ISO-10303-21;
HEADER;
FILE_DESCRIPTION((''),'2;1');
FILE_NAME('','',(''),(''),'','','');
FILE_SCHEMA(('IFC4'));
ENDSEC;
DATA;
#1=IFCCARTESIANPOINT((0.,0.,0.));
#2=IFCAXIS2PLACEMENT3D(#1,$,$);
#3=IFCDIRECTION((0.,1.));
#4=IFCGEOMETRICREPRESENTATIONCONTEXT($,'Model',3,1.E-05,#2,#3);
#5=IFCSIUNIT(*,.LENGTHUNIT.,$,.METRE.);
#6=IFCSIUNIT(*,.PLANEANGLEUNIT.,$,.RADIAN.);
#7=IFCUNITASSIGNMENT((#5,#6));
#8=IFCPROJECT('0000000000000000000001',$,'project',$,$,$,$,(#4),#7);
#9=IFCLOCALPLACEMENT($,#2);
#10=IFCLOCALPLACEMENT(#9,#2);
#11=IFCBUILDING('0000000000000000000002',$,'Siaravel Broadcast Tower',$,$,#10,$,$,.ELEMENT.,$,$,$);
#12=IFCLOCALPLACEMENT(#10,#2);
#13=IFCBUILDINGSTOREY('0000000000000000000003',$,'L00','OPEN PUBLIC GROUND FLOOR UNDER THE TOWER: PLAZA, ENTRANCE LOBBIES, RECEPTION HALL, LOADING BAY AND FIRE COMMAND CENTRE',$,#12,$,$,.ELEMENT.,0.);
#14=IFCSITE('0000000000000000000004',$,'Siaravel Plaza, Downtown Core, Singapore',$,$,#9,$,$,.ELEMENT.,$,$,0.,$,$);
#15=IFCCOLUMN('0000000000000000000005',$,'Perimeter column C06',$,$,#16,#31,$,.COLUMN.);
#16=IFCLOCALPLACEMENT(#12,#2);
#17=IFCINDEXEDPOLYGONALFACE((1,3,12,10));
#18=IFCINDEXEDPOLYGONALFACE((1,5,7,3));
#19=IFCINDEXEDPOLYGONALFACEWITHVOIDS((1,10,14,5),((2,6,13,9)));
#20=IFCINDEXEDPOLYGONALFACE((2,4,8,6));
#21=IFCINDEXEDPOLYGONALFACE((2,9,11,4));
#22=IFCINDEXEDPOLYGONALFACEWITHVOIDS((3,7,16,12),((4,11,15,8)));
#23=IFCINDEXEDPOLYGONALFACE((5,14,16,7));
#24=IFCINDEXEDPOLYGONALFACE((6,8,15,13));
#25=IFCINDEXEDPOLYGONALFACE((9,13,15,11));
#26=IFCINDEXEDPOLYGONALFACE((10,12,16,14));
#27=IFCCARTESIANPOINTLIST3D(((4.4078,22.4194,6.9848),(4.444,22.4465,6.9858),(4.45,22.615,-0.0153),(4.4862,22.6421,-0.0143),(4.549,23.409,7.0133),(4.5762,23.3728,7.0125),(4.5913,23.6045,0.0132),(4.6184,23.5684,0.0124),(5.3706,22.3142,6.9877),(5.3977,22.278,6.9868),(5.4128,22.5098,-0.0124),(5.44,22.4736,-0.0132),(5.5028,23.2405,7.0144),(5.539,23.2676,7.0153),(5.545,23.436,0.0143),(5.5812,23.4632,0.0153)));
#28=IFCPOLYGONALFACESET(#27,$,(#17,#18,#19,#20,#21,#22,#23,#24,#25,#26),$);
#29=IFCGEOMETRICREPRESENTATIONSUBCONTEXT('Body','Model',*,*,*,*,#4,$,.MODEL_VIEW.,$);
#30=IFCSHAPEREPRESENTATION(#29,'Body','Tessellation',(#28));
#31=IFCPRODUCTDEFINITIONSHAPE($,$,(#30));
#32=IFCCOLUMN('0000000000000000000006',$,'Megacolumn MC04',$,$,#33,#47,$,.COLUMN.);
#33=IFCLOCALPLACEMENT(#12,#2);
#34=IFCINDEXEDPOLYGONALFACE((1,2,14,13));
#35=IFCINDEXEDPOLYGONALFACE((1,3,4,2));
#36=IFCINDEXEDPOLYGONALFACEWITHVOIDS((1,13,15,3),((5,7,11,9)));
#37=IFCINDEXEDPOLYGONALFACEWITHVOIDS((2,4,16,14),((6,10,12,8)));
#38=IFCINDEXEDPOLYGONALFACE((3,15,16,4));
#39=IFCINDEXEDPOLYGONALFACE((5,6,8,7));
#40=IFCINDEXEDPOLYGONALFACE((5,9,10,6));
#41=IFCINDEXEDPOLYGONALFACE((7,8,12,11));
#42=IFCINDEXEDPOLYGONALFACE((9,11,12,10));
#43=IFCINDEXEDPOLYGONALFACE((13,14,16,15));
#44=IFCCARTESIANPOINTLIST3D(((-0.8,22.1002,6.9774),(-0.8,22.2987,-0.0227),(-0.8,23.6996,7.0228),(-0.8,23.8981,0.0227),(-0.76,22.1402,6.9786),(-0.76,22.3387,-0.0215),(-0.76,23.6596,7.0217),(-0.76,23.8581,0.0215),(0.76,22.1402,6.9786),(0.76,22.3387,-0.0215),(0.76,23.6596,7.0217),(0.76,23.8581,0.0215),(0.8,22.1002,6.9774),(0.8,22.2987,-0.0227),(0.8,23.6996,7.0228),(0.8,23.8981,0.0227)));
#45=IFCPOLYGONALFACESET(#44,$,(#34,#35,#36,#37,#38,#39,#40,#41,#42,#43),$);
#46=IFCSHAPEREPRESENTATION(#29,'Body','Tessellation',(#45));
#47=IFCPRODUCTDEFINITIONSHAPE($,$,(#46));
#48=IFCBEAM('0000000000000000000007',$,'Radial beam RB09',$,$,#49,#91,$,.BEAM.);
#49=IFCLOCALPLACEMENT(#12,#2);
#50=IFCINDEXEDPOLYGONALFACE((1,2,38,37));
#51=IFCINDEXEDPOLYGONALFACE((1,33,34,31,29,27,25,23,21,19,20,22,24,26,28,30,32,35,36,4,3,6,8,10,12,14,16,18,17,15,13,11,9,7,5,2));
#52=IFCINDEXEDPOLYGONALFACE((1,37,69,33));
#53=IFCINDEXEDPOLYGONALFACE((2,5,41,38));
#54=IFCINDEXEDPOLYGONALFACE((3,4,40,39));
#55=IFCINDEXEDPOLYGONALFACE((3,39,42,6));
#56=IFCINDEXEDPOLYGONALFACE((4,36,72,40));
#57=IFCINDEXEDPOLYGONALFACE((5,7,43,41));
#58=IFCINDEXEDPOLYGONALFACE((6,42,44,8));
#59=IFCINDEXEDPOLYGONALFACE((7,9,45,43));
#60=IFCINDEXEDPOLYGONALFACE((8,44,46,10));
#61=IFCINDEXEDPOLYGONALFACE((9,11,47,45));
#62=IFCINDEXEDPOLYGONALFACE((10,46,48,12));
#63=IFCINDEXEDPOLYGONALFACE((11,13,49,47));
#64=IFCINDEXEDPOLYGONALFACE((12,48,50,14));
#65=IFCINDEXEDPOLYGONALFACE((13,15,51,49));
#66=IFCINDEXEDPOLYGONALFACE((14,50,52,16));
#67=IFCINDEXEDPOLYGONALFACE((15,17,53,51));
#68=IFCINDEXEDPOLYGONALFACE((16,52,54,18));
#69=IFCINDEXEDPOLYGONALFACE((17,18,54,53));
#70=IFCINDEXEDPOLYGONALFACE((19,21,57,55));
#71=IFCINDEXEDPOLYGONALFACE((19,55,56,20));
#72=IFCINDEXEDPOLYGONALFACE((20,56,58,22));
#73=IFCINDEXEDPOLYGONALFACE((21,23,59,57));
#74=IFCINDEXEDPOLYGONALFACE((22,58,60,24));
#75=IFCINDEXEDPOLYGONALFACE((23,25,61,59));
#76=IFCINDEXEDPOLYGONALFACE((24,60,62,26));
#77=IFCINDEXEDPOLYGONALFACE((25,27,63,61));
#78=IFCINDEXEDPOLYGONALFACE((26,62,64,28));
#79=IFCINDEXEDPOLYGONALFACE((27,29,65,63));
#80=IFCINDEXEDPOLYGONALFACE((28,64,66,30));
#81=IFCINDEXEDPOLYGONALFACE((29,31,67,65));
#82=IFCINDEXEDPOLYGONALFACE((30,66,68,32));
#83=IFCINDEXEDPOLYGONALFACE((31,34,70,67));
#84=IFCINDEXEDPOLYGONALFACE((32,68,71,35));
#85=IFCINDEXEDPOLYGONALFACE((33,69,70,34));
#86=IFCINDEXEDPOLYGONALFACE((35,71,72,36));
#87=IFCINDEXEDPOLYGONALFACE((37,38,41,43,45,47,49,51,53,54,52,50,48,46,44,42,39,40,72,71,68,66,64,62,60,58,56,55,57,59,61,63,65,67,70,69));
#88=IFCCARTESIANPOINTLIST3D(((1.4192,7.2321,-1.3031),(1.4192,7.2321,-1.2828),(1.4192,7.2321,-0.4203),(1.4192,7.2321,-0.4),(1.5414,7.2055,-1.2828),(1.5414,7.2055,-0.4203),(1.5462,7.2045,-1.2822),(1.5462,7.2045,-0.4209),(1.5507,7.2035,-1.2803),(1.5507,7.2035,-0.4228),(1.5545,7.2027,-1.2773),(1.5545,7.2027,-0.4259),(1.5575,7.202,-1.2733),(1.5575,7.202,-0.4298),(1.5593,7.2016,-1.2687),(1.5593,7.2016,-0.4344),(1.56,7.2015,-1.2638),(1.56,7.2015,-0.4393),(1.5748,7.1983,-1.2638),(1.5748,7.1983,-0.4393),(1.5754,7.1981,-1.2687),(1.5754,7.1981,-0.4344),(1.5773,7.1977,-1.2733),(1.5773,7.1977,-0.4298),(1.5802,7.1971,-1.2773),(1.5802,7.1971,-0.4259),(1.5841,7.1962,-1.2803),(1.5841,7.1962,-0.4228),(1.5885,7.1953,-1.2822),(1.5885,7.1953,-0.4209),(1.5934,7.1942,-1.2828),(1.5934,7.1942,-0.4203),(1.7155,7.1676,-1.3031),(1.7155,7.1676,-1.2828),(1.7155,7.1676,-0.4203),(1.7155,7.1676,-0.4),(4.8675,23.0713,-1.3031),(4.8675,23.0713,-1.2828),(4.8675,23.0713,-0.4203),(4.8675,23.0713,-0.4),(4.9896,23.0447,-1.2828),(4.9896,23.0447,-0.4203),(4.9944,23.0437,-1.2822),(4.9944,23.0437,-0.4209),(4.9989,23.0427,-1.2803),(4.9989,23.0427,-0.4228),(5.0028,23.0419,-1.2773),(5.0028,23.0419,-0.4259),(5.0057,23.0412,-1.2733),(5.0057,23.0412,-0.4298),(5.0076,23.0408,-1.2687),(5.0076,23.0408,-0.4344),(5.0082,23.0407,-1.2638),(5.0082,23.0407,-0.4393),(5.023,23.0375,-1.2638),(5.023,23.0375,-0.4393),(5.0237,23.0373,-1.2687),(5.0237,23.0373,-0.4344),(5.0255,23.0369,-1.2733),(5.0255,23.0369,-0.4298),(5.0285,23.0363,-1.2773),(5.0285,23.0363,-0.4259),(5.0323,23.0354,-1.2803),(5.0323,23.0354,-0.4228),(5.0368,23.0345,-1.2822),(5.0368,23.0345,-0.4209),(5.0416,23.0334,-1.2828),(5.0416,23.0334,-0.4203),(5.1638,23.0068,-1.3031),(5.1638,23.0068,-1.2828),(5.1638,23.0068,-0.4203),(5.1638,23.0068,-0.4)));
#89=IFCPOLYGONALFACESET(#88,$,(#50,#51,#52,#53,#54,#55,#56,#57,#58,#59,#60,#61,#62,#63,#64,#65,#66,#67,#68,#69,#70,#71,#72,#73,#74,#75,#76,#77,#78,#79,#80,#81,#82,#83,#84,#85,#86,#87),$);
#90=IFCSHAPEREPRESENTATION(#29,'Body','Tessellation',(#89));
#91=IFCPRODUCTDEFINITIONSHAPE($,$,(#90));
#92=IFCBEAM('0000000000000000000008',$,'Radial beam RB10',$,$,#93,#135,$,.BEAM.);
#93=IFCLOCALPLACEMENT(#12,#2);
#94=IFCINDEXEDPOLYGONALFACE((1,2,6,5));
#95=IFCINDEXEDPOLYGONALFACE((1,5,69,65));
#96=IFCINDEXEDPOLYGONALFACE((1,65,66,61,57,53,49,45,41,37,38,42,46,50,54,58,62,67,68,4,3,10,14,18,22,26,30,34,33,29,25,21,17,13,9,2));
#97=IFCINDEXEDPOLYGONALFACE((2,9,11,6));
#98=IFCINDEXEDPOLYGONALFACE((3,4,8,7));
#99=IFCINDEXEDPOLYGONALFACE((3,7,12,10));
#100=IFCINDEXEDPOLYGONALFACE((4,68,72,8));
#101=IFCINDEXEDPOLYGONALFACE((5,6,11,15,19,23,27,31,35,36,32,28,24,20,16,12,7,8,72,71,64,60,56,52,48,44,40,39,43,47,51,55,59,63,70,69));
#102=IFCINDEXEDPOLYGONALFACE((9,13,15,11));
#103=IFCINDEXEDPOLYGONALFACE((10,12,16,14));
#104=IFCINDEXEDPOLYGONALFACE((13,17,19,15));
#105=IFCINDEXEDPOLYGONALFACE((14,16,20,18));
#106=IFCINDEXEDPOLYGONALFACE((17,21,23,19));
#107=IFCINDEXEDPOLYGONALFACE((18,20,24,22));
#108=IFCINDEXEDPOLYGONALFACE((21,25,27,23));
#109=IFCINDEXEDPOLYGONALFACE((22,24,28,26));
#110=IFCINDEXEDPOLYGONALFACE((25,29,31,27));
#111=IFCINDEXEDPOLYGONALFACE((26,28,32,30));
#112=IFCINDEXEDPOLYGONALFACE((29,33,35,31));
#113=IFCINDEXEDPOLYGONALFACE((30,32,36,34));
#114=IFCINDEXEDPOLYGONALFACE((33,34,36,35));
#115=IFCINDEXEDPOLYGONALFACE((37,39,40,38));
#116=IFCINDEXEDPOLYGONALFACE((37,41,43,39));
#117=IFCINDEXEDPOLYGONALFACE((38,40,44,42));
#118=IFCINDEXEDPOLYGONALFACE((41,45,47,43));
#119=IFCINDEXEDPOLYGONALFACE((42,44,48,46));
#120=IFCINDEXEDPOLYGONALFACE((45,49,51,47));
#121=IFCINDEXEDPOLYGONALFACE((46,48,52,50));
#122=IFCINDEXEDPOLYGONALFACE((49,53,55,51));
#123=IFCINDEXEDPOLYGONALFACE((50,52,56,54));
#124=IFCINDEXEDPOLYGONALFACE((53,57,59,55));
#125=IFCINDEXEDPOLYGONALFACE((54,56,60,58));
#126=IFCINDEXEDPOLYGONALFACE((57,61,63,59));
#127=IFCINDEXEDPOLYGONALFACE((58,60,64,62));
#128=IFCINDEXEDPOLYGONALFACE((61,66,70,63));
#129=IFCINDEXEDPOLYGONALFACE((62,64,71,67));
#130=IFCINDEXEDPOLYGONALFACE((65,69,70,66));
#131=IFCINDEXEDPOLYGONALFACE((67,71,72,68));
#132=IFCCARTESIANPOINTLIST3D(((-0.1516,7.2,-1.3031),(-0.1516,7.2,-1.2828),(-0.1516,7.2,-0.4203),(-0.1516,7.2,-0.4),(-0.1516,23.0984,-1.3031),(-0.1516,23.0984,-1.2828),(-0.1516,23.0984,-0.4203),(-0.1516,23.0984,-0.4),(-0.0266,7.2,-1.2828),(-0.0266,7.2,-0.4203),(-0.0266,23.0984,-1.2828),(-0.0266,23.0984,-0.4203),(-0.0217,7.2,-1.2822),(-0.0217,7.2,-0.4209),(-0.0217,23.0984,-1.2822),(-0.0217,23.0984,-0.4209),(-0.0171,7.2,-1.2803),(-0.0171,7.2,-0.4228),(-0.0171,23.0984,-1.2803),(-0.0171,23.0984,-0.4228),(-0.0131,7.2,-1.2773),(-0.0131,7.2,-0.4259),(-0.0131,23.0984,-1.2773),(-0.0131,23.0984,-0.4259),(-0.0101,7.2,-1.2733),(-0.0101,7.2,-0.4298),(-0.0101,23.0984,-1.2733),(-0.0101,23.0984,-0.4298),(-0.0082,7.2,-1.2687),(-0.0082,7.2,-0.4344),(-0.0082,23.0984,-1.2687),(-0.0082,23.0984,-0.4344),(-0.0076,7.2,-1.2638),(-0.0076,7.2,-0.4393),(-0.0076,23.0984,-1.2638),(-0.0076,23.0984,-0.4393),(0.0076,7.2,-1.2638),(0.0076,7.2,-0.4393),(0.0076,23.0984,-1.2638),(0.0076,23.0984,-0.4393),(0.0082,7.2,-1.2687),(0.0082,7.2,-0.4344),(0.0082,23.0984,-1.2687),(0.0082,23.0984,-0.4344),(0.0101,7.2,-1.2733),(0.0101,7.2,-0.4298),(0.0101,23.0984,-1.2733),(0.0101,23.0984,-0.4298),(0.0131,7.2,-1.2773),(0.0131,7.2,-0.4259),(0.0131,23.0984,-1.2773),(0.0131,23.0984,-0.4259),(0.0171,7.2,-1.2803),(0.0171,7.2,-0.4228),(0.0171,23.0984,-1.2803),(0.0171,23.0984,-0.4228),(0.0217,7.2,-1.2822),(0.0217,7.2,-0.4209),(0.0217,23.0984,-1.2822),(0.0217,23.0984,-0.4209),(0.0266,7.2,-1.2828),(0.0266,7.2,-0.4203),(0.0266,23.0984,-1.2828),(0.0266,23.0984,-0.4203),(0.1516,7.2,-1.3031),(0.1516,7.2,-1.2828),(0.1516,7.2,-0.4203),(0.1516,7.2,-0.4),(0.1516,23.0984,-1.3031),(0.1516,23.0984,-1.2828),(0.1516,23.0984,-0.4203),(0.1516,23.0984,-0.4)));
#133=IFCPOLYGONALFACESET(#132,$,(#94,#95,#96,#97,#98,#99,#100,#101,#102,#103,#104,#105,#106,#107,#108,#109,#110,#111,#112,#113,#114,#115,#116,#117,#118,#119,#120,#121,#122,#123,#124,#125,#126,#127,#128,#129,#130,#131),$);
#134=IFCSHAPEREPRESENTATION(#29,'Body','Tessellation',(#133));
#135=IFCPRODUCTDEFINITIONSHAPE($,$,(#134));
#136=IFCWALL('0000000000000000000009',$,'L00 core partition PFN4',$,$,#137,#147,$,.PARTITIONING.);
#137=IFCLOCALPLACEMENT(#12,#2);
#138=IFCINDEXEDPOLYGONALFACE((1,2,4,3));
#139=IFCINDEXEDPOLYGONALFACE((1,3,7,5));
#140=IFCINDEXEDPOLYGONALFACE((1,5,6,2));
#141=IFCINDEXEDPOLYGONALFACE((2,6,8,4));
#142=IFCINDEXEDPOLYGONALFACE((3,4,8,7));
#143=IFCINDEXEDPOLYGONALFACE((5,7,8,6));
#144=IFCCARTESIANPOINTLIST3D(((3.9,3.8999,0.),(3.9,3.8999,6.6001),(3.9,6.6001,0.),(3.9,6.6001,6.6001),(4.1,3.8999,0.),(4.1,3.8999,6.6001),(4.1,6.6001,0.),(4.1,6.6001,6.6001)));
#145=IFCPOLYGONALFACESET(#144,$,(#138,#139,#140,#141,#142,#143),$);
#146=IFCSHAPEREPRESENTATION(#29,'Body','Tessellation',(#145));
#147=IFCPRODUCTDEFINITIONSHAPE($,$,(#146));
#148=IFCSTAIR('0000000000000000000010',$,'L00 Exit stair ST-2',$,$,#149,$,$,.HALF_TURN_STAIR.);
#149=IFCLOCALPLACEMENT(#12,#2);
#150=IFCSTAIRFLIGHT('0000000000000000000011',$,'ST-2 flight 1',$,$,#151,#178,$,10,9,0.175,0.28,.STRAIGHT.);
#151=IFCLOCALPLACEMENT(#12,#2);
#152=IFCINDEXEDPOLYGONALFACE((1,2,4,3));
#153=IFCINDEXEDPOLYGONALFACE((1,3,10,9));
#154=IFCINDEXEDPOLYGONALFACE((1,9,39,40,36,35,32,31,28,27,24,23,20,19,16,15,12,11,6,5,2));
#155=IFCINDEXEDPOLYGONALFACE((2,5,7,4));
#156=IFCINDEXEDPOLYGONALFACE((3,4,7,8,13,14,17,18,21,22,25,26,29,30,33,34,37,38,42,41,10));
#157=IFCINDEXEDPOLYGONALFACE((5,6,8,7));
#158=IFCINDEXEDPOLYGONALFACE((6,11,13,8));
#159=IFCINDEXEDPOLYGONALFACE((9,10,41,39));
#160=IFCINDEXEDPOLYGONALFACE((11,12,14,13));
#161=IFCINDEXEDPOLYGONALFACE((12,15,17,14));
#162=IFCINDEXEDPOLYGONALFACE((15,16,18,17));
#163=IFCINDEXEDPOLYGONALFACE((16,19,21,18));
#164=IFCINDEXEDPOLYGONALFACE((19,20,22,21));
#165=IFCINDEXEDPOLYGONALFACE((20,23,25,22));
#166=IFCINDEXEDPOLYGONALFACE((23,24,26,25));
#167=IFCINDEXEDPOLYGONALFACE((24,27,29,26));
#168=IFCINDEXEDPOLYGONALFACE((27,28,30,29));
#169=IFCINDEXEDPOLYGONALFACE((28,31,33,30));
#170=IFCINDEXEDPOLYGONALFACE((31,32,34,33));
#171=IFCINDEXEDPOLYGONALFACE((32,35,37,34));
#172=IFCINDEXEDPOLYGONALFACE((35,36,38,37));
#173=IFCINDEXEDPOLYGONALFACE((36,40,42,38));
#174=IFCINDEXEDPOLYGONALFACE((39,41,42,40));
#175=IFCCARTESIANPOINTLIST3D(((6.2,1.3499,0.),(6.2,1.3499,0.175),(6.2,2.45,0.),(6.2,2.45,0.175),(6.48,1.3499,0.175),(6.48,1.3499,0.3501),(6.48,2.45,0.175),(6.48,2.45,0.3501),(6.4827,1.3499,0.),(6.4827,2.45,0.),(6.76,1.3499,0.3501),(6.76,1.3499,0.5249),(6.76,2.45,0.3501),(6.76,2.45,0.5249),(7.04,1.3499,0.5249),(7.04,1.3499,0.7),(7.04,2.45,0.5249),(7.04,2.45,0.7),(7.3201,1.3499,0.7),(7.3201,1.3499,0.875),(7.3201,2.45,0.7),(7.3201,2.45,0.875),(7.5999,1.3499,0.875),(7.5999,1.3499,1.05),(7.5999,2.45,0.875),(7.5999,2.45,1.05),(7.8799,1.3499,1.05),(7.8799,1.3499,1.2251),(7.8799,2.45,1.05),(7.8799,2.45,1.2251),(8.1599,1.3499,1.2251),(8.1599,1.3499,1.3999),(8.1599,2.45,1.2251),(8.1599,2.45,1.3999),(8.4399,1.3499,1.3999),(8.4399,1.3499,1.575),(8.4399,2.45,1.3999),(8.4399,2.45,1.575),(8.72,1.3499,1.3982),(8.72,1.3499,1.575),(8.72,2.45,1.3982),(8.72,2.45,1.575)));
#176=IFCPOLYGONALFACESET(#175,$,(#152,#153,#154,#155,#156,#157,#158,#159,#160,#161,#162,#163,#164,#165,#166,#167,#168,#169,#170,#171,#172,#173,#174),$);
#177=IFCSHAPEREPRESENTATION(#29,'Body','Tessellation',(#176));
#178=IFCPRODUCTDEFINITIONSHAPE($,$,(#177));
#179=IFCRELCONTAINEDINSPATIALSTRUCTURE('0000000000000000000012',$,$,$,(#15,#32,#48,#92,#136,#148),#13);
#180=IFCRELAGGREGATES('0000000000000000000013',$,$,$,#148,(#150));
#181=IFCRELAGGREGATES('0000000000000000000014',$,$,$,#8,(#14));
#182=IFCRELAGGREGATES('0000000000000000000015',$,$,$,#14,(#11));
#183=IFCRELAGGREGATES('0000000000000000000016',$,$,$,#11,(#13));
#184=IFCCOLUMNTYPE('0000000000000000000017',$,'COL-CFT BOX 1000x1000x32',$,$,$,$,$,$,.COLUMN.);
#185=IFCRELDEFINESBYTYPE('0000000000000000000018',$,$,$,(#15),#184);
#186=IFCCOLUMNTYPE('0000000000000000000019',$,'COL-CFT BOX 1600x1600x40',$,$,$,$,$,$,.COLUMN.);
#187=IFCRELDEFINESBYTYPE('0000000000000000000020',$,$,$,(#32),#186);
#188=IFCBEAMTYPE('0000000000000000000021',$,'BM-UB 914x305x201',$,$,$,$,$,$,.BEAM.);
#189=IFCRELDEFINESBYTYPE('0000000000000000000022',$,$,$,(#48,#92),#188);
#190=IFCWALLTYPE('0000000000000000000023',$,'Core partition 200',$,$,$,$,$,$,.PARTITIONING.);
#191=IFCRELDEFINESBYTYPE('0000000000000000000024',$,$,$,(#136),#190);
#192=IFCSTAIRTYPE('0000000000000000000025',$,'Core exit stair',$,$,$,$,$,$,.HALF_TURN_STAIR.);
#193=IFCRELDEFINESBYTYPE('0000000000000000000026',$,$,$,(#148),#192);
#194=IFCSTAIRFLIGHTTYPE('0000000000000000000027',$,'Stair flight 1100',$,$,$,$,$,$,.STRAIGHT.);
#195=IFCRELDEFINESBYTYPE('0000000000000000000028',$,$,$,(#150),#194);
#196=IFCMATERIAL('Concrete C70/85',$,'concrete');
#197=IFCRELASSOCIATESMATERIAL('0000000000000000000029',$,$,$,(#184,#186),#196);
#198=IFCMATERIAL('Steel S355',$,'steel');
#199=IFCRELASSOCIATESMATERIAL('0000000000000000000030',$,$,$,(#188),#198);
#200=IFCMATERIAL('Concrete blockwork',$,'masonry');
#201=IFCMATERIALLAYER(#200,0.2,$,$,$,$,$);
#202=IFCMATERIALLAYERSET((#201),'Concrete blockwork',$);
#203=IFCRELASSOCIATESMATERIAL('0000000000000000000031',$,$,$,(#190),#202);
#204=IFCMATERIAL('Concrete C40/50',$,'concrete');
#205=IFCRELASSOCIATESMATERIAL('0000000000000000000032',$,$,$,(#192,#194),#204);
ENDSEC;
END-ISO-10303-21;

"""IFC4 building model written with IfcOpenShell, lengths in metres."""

from ifc_helpers import new_model, si_unit, direction, frame, frame_2d, origin, origin_2d, place, context, subcontext, project, spatial, polyline, rectangle, hollow_rectangle, i_section, outline, extrude, material, layer, layer_set, material_profile, profile_set, type_object, element, aggregate, save


model = new_model("IFC4")

# Units and contexts
model_context = context("Model", 3, precision=1e-05, world=origin(), true_north=direction((0.0, 1.0)))
body_context = subcontext(model_context, "Body", "Model", "MODEL_VIEW")
ifc_project = project(units=[si_unit("LENGTHUNIT", "METRE"), si_unit("PLANEANGLEUNIT", "RADIAN")], contexts=[model_context])

# Site, building, storey
site_placement = place(None, origin())
site = spatial("IfcSite", under=ifc_project, at=site_placement, Name="Siaravel Plaza, Downtown Core, Singapore", CompositionType="ELEMENT", RefElevation=0.0)
building_placement = place(site_placement, origin())
building = spatial("IfcBuilding", under=site, at=building_placement, Name="Siaravel Broadcast Tower", CompositionType="ELEMENT")
storey_placement = place(building_placement, origin())
storey = spatial("IfcBuildingStorey", under=building, at=storey_placement, Name="L00", Description="OPEN PUBLIC GROUND FLOOR UNDER THE TOWER: PLAZA, ENTRANCE LOBBIES, RECEPTION HALL, LOADING BAY AND FIRE COMMAND CENTRE", CompositionType="ELEMENT", Elevation=0.0)

# Columns
ifc_material_1 = material(Name="Concrete C70/85", Category="concrete")
ifc_material_profile_1 = material_profile(ifc_material_1, hollow_rectangle(XDim=1.0, YDim=1.0, WallThickness=0.032, at=origin_2d()))
ifc_profile_set_1 = profile_set([ifc_material_profile_1], Name="Concrete C70/85")
column_type_1 = type_object("IfcColumnType", Name="COL-CFT BOX 1000x1000x32", PredefinedType="COLUMN", material=ifc_profile_set_1)
column_1_placement = place(storey_placement, frame((5.0156, 23.0391, 0.0), z_axis=(-0.006031, -0.027925, 0.999592), x_axis=(0.989957, -0.141354, 0.002024)))
element("IfcColumn", 1, at=column_1_placement, inside=storey, type_object=column_type_1, Name="Perimeter column C06", PredefinedType="COLUMN", context=body_context, shape_type="SweptSolid", body=[
    extrude(hollow_rectangle(XDim=1.0, YDim=1.0, WallThickness=0.032, at=origin_2d()), origin(), (0.0, 0.0, 1.0), 7.0029),
])
ifc_material_profile_2 = material_profile(ifc_material_1, hollow_rectangle(XDim=1.6001, YDim=1.6001, WallThickness=0.04, at=origin_2d()))
ifc_profile_set_2 = profile_set([ifc_material_profile_2], Name="Concrete C70/85")
column_type_2 = type_object("IfcColumnType", Name="COL-CFT BOX 1600x1600x40", PredefinedType="COLUMN", material=ifc_profile_set_2)
column_2_placement = place(storey_placement, frame((0.0, 23.0984, 0.0), z_axis=(0.0, -0.028344, 0.999598), x_axis=(1.0, 0.0, 0.0)))
element("IfcColumn", 2, at=column_2_placement, inside=storey, type_object=column_type_2, Name="Megacolumn MC04", PredefinedType="COLUMN", context=body_context, shape_type="SweptSolid", body=[
    extrude(hollow_rectangle(XDim=1.6001, YDim=1.6001, WallThickness=0.04, at=origin_2d()), origin(), (0.0, 0.0, 1.0), 7.0029),
])

# Beams
ifc_material_2 = material(Name="Steel S355", Category="steel")
ifc_material_profile_3 = material_profile(ifc_material_2, i_section(OverallWidth=0.3032, OverallDepth=0.9031, WebThickness=0.0151, FlangeThickness=0.0203, FilletRadius=0.019, at=origin_2d()))
ifc_profile_set_3 = profile_set([ifc_material_profile_3], Name="Steel S355")
beam_type = type_object("IfcBeamType", Name="BM-UB 914x305x201", PredefinedType="BEAM", material=ifc_profile_set_3)
beam_1_placement = place(storey_placement, frame((5.0156, 23.0391, -0.8516), z_axis=(-0.212722, -0.977113, 0.0), x_axis=(0.977113, -0.212722, 0.0)))
element("IfcBeam", 3, at=beam_1_placement, inside=storey, type_object=beam_type, Name="Radial beam RB09", PredefinedType="BEAM", context=body_context, shape_type="SweptSolid", body=[
    extrude(i_section(OverallWidth=0.3032, OverallDepth=0.9031, WebThickness=0.0151, FlangeThickness=0.0203, FilletRadius=0.019, at=origin_2d()), origin(), (0.0, 0.0, 1.0), 16.2102),
])
beam_2_placement = place(storey_placement, frame((0.0, 23.0984, -0.8516), z_axis=(0.0, -1.0, 0.0), x_axis=(1.0, 0.0, 0.0)))
element("IfcBeam", 4, at=beam_2_placement, inside=storey, type_object=beam_type, Name="Radial beam RB10", PredefinedType="BEAM", context=body_context, shape_type="SweptSolid", body=[
    extrude(i_section(OverallWidth=0.3032, OverallDepth=0.9031, WebThickness=0.0151, FlangeThickness=0.0203, FilletRadius=0.019, at=origin_2d()), origin(), (0.0, 0.0, 1.0), 15.8984),
])

# Wall
ifc_material_3 = material(Name="Concrete blockwork", Category="masonry")
ifc_layer = layer(ifc_material_3, 0.2)
ifc_layer_set = layer_set([ifc_layer], Name="Concrete blockwork")
wall_type = type_object("IfcWallType", Name="Core partition 200", PredefinedType="PARTITIONING", material=ifc_layer_set)
wall_placement = place(storey_placement, frame((4.0, 3.8999, 0.0), z_axis=(0.0, 0.0, 1.0), x_axis=(0.0, 1.0, 0.0)))
element("IfcWall", 5, at=wall_placement, inside=storey, type_object=wall_type, Name="L00 core partition PFN4", PredefinedType="PARTITIONING", context=body_context, shape_type="SweptSolid", body=[
    extrude(rectangle(XDim=2.7002, YDim=0.2, at=frame_2d((1.3501, 0.0))), origin(), (0.0, 0.0, 1.0), 6.6001),
])

# Stair, stair flight
ifc_material_4 = material(Name="Concrete C40/50", Category="concrete")
stair_type = type_object("IfcStairType", Name="Core exit stair", PredefinedType="HALF_TURN_STAIR", material=ifc_material_4)
stair_placement = place(storey_placement, origin())
stair = element("IfcStair", 6, at=stair_placement, inside=storey, type_object=stair_type, Name="L00 Exit stair ST-2", PredefinedType="HALF_TURN_STAIR")
stair_flight_type = type_object("IfcStairFlightType", Name="Stair flight 1100", PredefinedType="STRAIGHT", material=ifc_material_4)
stair_flight_1_placement = place(storey_placement, frame((6.2, 1.8999, 0.0), z_axis=(0.0, 0.0, 1.0), x_axis=(1.0, 0.0, 0.0)))
stair_flight_1 = element("IfcStairFlight", 7, at=stair_flight_1_placement, type_object=stair_flight_type, Name="ST-2 flight 1", NumberOfRisers=10, NumberOfTreads=9, PredefinedType="STRAIGHT", RiserHeight=0.175, TreadLength=0.28, context=body_context, shape_type="SweptSolid", body=[
    extrude(outline(polyline([(0.0, 0.0), (0.0, 0.175), (0.28, 0.175), (0.28, 0.3501), (0.5601, 0.3501), (0.5601, 0.5249), (0.8401, 0.5249), (0.8401, 0.7), (1.1201, 0.7), (1.1201, 0.875), (1.3999, 0.875), (1.3999, 1.05), (1.6799, 1.05), (1.6799, 1.2251), (1.96, 1.2251), (1.96, 1.3999), (2.24, 1.3999), (2.24, 1.575), (2.52, 1.575), (2.52, 1.75), (2.52, 1.3982), (0.2827, 0.0), (0.0, 0.0)])), frame((0.0, 0.55, 0.0), z_axis=(0.0, -1.0, 0.0), x_axis=(1.0, 0.0, 0.0)), (0.0, 0.0, 1.0), 1.1001),
])
aggregate(stair, [stair_flight_1])

save(model, "model.ifc")
